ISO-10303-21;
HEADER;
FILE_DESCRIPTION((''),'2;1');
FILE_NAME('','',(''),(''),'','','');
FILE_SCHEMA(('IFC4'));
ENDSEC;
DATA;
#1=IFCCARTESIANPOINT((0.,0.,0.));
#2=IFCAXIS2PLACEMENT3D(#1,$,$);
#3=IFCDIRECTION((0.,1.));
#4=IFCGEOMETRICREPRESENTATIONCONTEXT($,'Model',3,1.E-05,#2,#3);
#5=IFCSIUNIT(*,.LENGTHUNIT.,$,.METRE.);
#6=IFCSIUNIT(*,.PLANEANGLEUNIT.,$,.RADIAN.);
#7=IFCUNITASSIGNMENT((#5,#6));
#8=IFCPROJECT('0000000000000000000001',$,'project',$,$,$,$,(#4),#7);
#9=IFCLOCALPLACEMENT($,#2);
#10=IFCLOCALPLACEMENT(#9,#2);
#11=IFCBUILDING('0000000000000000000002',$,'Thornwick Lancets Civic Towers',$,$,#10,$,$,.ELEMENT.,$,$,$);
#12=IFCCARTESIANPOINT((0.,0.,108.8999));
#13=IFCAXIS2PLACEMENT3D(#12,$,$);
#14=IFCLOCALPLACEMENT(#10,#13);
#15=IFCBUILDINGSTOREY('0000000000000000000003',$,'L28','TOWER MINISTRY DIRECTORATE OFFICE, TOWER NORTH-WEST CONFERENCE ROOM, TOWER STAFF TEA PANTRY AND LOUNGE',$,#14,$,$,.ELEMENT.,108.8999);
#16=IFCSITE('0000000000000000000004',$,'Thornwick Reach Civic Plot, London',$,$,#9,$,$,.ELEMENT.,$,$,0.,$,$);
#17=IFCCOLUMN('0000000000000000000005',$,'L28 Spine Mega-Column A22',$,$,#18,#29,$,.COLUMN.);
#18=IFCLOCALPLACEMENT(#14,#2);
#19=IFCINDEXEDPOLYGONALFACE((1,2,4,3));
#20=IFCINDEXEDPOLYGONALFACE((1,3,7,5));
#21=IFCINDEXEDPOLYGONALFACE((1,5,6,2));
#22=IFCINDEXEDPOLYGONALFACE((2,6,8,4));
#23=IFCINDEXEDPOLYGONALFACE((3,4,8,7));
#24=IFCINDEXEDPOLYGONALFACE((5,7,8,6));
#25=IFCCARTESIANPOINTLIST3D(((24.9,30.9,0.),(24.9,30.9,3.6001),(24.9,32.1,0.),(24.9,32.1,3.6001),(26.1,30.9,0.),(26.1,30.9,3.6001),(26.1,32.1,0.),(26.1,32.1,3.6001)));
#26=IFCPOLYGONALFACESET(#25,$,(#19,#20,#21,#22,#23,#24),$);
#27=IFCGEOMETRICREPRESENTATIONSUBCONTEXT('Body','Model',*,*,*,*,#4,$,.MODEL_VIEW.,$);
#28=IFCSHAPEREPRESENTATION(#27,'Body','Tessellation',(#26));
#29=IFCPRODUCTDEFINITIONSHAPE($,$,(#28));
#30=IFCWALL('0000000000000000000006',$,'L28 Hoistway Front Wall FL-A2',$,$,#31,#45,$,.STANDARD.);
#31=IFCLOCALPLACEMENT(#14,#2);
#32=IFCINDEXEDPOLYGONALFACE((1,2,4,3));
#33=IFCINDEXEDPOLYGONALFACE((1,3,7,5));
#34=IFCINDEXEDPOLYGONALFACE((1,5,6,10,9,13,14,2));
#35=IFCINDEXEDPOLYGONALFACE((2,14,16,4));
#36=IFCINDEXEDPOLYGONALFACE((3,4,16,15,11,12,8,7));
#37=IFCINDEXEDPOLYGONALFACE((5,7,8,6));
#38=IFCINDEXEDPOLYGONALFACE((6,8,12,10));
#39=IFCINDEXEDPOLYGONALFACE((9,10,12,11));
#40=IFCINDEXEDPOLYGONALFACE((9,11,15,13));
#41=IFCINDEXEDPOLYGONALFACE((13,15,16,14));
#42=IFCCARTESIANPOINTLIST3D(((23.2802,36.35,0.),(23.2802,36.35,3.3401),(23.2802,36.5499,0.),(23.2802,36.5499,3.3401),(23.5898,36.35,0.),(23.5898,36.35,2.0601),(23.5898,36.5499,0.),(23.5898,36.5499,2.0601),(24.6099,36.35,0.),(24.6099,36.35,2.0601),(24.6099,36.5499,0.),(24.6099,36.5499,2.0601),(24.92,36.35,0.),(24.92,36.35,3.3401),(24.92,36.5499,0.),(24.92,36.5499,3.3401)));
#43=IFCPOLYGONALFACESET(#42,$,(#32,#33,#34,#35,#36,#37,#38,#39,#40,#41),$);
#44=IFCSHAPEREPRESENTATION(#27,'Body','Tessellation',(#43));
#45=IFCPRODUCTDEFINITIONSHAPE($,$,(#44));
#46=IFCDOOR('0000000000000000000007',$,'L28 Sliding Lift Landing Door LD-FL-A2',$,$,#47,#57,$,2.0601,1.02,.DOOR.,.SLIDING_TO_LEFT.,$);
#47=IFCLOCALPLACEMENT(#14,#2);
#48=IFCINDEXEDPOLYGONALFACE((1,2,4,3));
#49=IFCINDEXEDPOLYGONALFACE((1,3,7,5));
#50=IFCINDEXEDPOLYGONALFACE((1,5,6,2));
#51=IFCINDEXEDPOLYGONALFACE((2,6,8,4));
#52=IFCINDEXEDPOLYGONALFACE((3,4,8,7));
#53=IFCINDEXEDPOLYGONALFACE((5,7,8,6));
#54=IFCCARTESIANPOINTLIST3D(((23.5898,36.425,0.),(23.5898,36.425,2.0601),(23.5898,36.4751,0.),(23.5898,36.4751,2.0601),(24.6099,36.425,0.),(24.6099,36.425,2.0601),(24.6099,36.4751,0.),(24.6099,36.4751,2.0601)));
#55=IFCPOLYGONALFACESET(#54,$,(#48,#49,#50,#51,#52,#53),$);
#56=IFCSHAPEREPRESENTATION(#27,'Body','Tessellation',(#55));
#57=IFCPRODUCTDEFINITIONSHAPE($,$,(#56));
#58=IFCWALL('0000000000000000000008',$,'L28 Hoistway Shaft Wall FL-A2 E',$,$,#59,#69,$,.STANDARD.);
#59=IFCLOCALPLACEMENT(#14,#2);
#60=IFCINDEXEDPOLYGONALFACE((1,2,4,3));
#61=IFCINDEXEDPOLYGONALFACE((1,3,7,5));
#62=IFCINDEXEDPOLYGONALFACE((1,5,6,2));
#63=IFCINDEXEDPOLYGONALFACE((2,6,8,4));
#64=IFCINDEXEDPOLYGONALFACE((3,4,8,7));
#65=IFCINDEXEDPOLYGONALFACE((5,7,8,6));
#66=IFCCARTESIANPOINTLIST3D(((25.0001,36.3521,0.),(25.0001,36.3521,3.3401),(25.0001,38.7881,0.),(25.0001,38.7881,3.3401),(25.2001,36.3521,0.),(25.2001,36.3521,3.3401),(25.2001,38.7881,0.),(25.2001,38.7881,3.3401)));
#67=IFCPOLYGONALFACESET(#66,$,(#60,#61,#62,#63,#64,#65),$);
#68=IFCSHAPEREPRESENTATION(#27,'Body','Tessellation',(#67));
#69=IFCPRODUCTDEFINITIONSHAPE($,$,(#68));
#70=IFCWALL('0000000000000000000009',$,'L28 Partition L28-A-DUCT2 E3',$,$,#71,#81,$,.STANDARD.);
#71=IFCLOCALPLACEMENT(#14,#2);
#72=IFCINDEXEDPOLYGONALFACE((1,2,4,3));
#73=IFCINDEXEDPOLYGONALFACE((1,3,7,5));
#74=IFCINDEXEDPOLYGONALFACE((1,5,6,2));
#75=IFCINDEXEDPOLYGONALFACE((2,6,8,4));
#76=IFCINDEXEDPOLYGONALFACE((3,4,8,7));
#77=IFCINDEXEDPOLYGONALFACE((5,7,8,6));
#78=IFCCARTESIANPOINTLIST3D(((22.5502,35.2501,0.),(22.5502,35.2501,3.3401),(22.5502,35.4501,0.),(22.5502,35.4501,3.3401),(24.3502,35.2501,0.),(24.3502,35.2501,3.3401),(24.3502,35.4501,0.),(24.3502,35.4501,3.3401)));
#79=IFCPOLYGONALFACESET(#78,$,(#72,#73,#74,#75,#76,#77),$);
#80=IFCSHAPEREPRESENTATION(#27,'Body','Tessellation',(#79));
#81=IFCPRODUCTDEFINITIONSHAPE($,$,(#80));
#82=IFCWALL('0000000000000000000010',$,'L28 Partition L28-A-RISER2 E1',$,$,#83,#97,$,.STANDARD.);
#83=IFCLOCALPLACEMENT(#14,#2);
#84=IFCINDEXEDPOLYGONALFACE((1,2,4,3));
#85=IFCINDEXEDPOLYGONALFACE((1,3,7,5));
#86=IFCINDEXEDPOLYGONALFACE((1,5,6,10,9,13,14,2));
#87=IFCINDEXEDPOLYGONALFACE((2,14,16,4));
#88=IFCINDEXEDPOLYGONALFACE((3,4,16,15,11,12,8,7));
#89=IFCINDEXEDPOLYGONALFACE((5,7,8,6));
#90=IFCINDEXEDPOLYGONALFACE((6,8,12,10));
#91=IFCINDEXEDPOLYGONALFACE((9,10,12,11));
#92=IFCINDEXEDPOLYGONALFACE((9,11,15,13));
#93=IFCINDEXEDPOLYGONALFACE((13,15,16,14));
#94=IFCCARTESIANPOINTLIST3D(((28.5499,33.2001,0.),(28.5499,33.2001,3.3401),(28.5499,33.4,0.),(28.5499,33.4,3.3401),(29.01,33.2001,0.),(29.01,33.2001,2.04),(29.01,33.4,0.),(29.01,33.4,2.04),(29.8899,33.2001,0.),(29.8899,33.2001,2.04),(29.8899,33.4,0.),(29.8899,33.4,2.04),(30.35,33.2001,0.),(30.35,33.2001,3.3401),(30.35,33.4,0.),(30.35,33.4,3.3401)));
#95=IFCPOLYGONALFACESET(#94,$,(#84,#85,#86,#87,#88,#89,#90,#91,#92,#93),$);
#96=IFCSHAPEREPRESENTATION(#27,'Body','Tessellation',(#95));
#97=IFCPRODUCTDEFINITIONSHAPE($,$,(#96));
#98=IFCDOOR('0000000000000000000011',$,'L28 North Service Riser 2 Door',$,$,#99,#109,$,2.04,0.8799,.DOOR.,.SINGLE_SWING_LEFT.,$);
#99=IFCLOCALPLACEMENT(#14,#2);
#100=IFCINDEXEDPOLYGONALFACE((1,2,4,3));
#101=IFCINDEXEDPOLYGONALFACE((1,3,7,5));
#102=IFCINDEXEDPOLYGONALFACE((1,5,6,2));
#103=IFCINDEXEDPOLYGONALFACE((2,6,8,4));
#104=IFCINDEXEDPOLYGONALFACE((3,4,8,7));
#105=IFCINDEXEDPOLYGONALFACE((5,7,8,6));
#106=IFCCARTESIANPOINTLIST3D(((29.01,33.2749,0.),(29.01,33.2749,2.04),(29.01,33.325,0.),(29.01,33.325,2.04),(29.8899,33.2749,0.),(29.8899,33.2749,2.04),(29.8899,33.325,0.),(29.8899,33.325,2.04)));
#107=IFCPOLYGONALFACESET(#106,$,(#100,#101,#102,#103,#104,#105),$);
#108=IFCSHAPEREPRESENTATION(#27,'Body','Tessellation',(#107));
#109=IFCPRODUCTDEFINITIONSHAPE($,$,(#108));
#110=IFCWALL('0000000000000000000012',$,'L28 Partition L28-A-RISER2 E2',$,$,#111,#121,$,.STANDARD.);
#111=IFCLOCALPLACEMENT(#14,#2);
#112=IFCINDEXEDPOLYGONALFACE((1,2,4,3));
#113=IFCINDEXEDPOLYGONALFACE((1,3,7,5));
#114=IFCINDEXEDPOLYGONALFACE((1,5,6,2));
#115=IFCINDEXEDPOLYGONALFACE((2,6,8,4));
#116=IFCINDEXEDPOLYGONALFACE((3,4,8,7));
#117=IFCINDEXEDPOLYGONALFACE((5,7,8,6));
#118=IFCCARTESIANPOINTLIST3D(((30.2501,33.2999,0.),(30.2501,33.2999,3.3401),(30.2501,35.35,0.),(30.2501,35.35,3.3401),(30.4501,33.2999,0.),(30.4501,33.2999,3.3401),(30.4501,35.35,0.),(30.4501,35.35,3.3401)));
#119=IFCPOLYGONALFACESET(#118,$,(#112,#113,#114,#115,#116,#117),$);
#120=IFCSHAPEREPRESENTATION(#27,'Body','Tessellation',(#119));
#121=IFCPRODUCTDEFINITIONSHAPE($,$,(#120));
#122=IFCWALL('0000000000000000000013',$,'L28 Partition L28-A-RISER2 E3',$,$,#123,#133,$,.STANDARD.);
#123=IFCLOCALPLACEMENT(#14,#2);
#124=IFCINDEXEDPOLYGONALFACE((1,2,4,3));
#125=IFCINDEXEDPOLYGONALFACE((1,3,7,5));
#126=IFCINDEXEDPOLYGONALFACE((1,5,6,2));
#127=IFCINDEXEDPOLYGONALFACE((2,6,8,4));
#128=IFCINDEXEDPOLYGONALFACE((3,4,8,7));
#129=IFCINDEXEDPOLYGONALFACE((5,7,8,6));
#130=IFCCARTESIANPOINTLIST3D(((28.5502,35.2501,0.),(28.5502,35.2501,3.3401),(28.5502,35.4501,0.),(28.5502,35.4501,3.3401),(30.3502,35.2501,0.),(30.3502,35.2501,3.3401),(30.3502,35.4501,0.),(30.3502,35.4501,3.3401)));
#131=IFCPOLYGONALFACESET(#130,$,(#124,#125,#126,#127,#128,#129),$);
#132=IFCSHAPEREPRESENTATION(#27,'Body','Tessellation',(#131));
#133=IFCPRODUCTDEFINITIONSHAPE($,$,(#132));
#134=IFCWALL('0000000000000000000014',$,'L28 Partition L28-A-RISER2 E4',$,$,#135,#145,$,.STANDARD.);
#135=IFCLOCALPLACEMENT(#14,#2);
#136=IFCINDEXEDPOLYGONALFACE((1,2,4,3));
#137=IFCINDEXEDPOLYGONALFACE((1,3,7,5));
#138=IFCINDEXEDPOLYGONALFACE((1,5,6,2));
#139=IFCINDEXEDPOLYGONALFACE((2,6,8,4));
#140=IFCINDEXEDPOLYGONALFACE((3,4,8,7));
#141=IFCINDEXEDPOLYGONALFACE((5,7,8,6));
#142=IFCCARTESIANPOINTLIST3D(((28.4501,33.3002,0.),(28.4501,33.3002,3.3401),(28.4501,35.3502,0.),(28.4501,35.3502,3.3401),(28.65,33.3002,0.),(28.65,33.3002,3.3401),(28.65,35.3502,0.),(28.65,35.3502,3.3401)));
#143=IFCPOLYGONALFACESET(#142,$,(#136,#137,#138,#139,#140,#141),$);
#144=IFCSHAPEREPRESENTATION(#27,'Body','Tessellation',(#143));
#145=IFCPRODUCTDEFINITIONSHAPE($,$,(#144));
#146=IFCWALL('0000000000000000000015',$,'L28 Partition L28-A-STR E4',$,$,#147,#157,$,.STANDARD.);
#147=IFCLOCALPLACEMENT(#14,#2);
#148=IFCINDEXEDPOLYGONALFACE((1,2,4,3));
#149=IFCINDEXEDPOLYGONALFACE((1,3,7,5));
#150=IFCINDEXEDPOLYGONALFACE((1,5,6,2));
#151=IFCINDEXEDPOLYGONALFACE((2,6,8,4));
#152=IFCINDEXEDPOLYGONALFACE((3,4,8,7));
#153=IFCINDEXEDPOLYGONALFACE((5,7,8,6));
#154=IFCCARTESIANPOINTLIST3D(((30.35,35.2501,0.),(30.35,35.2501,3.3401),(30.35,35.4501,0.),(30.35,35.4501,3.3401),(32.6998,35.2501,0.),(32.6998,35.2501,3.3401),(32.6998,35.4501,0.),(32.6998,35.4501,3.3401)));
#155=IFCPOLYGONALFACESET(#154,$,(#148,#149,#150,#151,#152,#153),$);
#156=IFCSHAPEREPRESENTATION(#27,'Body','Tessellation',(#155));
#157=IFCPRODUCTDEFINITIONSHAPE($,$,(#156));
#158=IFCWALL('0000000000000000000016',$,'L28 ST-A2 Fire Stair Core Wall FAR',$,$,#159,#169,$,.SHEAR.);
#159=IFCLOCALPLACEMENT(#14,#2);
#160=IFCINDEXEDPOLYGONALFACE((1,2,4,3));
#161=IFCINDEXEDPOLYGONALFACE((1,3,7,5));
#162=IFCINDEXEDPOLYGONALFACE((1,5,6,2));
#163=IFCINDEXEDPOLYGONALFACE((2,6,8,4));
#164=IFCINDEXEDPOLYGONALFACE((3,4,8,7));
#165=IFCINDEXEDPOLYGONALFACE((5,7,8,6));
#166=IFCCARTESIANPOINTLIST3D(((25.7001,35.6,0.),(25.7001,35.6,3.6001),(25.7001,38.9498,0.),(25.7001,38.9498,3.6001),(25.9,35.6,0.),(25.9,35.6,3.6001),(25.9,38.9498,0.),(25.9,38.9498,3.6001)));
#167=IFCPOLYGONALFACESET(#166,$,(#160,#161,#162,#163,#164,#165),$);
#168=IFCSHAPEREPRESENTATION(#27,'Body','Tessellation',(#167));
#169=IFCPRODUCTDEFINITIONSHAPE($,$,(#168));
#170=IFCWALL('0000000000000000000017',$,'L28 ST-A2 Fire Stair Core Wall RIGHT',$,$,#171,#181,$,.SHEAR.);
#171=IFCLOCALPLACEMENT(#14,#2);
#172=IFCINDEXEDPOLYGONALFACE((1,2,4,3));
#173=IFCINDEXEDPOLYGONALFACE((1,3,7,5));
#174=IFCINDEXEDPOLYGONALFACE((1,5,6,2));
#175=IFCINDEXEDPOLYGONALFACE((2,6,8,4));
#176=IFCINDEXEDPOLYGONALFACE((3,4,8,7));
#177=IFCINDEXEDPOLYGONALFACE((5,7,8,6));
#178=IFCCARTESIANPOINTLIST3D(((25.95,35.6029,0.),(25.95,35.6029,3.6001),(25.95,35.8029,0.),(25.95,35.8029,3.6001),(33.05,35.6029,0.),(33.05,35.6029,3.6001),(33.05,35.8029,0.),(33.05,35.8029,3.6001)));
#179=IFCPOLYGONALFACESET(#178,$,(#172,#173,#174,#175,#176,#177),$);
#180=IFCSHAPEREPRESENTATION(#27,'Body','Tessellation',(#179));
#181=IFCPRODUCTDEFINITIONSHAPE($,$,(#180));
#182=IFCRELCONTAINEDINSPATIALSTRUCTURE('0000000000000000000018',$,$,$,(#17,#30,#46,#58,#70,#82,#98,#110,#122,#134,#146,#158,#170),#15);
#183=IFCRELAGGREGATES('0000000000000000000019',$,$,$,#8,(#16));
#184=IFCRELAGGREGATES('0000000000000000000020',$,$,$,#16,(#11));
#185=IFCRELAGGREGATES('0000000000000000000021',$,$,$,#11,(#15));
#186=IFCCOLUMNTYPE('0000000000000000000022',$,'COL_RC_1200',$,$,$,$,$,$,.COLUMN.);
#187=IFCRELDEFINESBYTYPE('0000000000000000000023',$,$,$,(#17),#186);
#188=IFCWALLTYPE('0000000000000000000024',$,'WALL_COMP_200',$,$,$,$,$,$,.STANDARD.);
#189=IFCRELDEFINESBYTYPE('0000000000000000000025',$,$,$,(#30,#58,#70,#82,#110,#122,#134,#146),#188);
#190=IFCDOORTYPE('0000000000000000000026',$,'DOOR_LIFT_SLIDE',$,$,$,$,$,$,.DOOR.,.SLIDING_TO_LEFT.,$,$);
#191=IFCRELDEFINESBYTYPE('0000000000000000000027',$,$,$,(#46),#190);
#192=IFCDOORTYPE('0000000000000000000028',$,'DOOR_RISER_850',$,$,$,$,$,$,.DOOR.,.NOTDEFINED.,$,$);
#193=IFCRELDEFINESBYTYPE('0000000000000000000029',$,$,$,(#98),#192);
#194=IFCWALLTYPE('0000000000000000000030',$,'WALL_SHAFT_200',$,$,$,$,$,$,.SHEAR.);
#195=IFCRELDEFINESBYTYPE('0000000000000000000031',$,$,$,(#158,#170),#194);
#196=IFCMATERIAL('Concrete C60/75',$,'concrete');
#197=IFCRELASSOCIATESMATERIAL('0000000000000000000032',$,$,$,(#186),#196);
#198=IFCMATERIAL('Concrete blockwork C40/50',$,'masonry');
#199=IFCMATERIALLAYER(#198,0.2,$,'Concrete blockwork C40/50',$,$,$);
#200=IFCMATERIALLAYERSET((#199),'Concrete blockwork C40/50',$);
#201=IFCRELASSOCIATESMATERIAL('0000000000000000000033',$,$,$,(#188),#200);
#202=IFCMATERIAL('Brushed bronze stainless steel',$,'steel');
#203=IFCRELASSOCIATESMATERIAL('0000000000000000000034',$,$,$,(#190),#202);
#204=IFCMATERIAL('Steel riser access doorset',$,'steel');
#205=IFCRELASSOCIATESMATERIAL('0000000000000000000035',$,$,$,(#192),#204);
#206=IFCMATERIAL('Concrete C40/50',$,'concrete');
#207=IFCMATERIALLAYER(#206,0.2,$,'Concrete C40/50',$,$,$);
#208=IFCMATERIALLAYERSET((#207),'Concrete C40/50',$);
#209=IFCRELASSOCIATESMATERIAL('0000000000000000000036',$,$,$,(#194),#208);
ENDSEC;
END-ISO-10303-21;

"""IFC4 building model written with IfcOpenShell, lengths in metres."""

from ifc_helpers import new_model, si_unit, direction, frame, frame_2d, origin, origin_2d, place, context, subcontext, project, spatial, rectangle, extrude, material, layer, layer_set, material_profile, profile_set, type_object, element, fill, save


model = new_model("IFC4")

# Units and contexts
model_context = context("Model", 3, precision=1e-05, world=origin(), true_north=direction((0.0, 1.0)))
body_context = subcontext(model_context, "Body", "Model", "MODEL_VIEW")
ifc_project = project(units=[si_unit("LENGTHUNIT", "METRE"), si_unit("PLANEANGLEUNIT", "RADIAN")], contexts=[model_context])

# Site, building, storey
site_placement = place(None, origin())
site = spatial("IfcSite", under=ifc_project, at=site_placement, Name="Thornwick Reach Civic Plot, London", CompositionType="ELEMENT", RefElevation=0.0)
building_placement = place(site_placement, origin())
building = spatial("IfcBuilding", under=site, at=building_placement, Name="Thornwick Lancets Civic Towers", CompositionType="ELEMENT")
storey_placement = place(building_placement, frame((0.0, 0.0, 108.8999)))
storey = spatial("IfcBuildingStorey", under=building, at=storey_placement, Name="L28", Description="TOWER MINISTRY DIRECTORATE OFFICE, TOWER NORTH-WEST CONFERENCE ROOM, TOWER STAFF TEA PANTRY AND LOUNGE", CompositionType="ELEMENT", Elevation=108.8999)

# Column
ifc_material_1 = material(Name="Concrete C60/75", Category="concrete")
ifc_material_profile = material_profile(ifc_material_1, rectangle(XDim=1.2, YDim=1.2, at=origin_2d()), Name="RC 1200x1200")
ifc_profile_set = profile_set([ifc_material_profile], Name="Concrete C60/75")
column_type = type_object("IfcColumnType", Name="COL_RC_1200", PredefinedType="COLUMN", material=ifc_profile_set)
column_placement = place(storey_placement, frame((25.5, 31.5, 0.0), z_axis=(0.0, 0.0, 1.0), x_axis=(1.0, 0.0, 0.0)))
element("IfcColumn", 1, at=column_placement, inside=storey, type_object=column_type, Name="L28 Spine Mega-Column A22", PredefinedType="COLUMN", context=body_context, shape_type="SweptSolid", body=[
    extrude(rectangle(XDim=1.2, YDim=1.2, at=origin_2d()), origin(), (0.0, 0.0, 1.0), 3.6001),
])

# Wall, opening, door
ifc_material_2 = material(Name="Concrete blockwork C40/50", Category="masonry")
ifc_layer_1 = layer(ifc_material_2, 0.2, Name="Concrete blockwork C40/50")
ifc_layer_set_1 = layer_set([ifc_layer_1], Name="Concrete blockwork C40/50")
wall_type_1 = type_object("IfcWallType", Name="WALL_COMP_200", PredefinedType="STANDARD", material=ifc_layer_set_1)
wall_1_placement = place(storey_placement, frame((24.9199, 36.45, 0.0), z_axis=(0.0, 0.0, 1.0), x_axis=(-1.0, 0.0, 0.0)))
wall_1 = element("IfcWall", 2, at=wall_1_placement, inside=storey, type_object=wall_type_1, Name="L28 Hoistway Front Wall FL-A2", PredefinedType="STANDARD", context=body_context, shape_type="SweptSolid", body=[
    extrude(rectangle(XDim=1.6399, YDim=0.2, at=frame_2d((0.8198, 0.0))), origin(), (0.0, 0.0, 1.0), 3.3401),
])
opening_1_placement = place(wall_1_placement, frame((0.3101, 0.0, 0.0)))
opening_1 = element("IfcOpeningElement", 3, at=opening_1_placement, cuts=wall_1, PredefinedType="OPENING", context=body_context, shape_type="SweptSolid", body=[
    extrude(rectangle(XDim=1.02, YDim=2.0601, at=frame_2d((0.51, 1.03))), frame((0.0, 0.1099, 0.0), z_axis=(0.0, -1.0, 0.0), x_axis=(1.0, 0.0, 0.0)), (0.0, 0.0, 1.0), 0.22),
])
ifc_material_3 = material(Name="Brushed bronze stainless steel", Category="steel")
door_type_1 = type_object("IfcDoorType", Name="DOOR_LIFT_SLIDE", OperationType="SLIDING_TO_LEFT", PredefinedType="DOOR", material=ifc_material_3)
door_1_placement = place(opening_1_placement, origin())
door_1 = element("IfcDoor", 4, at=door_1_placement, inside=storey, type_object=door_type_1, Name="L28 Sliding Lift Landing Door LD-FL-A2", OperationType="SLIDING_TO_LEFT", OverallHeight=2.0601, OverallWidth=1.02, PredefinedType="DOOR", context=body_context, shape_type="SweptSolid", body=[
    extrude(rectangle(XDim=1.02, YDim=2.0601, at=frame_2d((0.51, 1.03))), frame((0.0, 0.0249, 0.0), z_axis=(0.0, -1.0, 0.0), x_axis=(1.0, 0.0, 0.0)), (0.0, 0.0, 1.0), 0.05),
])
fill(opening_1, door_1)

# Walls
wall_2_placement = place(storey_placement, frame((25.1001, 36.3521, 0.0), z_axis=(0.0, 0.0, 1.0), x_axis=(0.0, 1.0, 0.0)))
element("IfcWall", 5, at=wall_2_placement, inside=storey, type_object=wall_type_1, Name="L28 Hoistway Shaft Wall FL-A2 E", PredefinedType="STANDARD", context=body_context, shape_type="SweptSolid", body=[
    extrude(rectangle(XDim=2.436, YDim=0.2, at=frame_2d((1.218, 0.0))), origin(), (0.0, 0.0, 1.0), 3.3401),
])
wall_3_placement = place(storey_placement, frame((24.3501, 35.3501, 0.0), z_axis=(0.0, 0.0, 1.0), x_axis=(-1.0, 0.0, 0.0)))
element("IfcWall", 6, at=wall_3_placement, inside=storey, type_object=wall_type_1, Name="L28 Partition L28-A-DUCT2 E3", PredefinedType="STANDARD", context=body_context, shape_type="SweptSolid", body=[
    extrude(rectangle(XDim=1.8, YDim=0.2, at=frame_2d((0.8999, 0.0))), origin(), (0.0, 0.0, 1.0), 3.3401),
])

# Wall, opening, door
wall_4_placement = place(storey_placement, frame((28.55, 33.3, 0.0), z_axis=(0.0, 0.0, 1.0), x_axis=(1.0, 0.0, 0.0)))
wall_4 = element("IfcWall", 7, at=wall_4_placement, inside=storey, type_object=wall_type_1, Name="L28 Partition L28-A-RISER2 E1", PredefinedType="STANDARD", context=body_context, shape_type="SweptSolid", body=[
    extrude(rectangle(XDim=1.8, YDim=0.2, at=frame_2d((0.8999, 0.0))), origin(), (0.0, 0.0, 1.0), 3.3401),
])
opening_2_placement = place(wall_4_placement, frame((0.46, 0.0, 0.0)))
opening_2 = element("IfcOpeningElement", 8, at=opening_2_placement, cuts=wall_4, PredefinedType="OPENING", context=body_context, shape_type="SweptSolid", body=[
    extrude(rectangle(XDim=0.8799, YDim=2.04, at=frame_2d((0.4399, 1.02))), frame((0.0, 0.1099, 0.0), z_axis=(0.0, -1.0, 0.0), x_axis=(1.0, 0.0, 0.0)), (0.0, 0.0, 1.0), 0.22),
])
ifc_material_4 = material(Name="Steel riser access doorset", Category="steel")
door_type_2 = type_object("IfcDoorType", Name="DOOR_RISER_850", OperationType="NOTDEFINED", PredefinedType="DOOR", material=ifc_material_4)
door_2_placement = place(opening_2_placement, origin())
door_2 = element("IfcDoor", 9, at=door_2_placement, inside=storey, type_object=door_type_2, Name="L28 North Service Riser 2 Door", OperationType="SINGLE_SWING_LEFT", OverallHeight=2.04, OverallWidth=0.8799, PredefinedType="DOOR", context=body_context, shape_type="SweptSolid", body=[
    extrude(rectangle(XDim=0.8799, YDim=2.04, at=frame_2d((0.4399, 1.02))), frame((0.0, 0.0249, 0.0), z_axis=(0.0, -1.0, 0.0), x_axis=(1.0, 0.0, 0.0)), (0.0, 0.0, 1.0), 0.05),
])
fill(opening_2, door_2)

# Walls
wall_5_placement = place(storey_placement, frame((30.3501, 33.3, 0.0), z_axis=(0.0, 0.0, 1.0), x_axis=(0.0, 1.0, 0.0)))
element("IfcWall", 10, at=wall_5_placement, inside=storey, type_object=wall_type_1, Name="L28 Partition L28-A-RISER2 E2", PredefinedType="STANDARD", context=body_context, shape_type="SweptSolid", body=[
    extrude(rectangle(XDim=2.05, YDim=0.2, at=frame_2d((1.0249, 0.0))), origin(), (0.0, 0.0, 1.0), 3.3401),
])
wall_6_placement = place(storey_placement, frame((30.3501, 35.3501, 0.0), z_axis=(0.0, 0.0, 1.0), x_axis=(-1.0, 0.0, 0.0)))
element("IfcWall", 11, at=wall_6_placement, inside=storey, type_object=wall_type_1, Name="L28 Partition L28-A-RISER2 E3", PredefinedType="STANDARD", context=body_context, shape_type="SweptSolid", body=[
    extrude(rectangle(XDim=1.8, YDim=0.2, at=frame_2d((0.8999, 0.0))), origin(), (0.0, 0.0, 1.0), 3.3401),
])
wall_7_placement = place(storey_placement, frame((28.55, 35.3501, 0.0), z_axis=(0.0, 0.0, 1.0), x_axis=(0.0, -1.0, 0.0)))
element("IfcWall", 12, at=wall_7_placement, inside=storey, type_object=wall_type_1, Name="L28 Partition L28-A-RISER2 E4", PredefinedType="STANDARD", context=body_context, shape_type="SweptSolid", body=[
    extrude(rectangle(XDim=2.05, YDim=0.2, at=frame_2d((1.0249, 0.0))), origin(), (0.0, 0.0, 1.0), 3.3401),
])
wall_8_placement = place(storey_placement, frame((30.3501, 35.3501, 0.0), z_axis=(0.0, 0.0, 1.0), x_axis=(1.0, 0.0, 0.0)))
element("IfcWall", 13, at=wall_8_placement, inside=storey, type_object=wall_type_1, Name="L28 Partition L28-A-STR E4", PredefinedType="STANDARD", context=body_context, shape_type="SweptSolid", body=[
    extrude(rectangle(XDim=2.3499, YDim=0.2, at=frame_2d((1.1748, 0.0))), origin(), (0.0, 0.0, 1.0), 3.3401),
])
ifc_material_5 = material(Name="Concrete C40/50", Category="concrete")
ifc_layer_2 = layer(ifc_material_5, 0.2, Name="Concrete C40/50")
ifc_layer_set_2 = layer_set([ifc_layer_2], Name="Concrete C40/50")
wall_type_2 = type_object("IfcWallType", Name="WALL_SHAFT_200", PredefinedType="SHEAR", material=ifc_layer_set_2)
wall_9_placement = place(storey_placement, frame((25.8, 35.6001, 0.0), z_axis=(0.0, 0.0, 1.0), x_axis=(0.0, 1.0, 0.0)))
element("IfcWall", 14, at=wall_9_placement, inside=storey, type_object=wall_type_2, Name="L28 ST-A2 Fire Stair Core Wall FAR", PredefinedType="SHEAR", context=body_context, shape_type="SweptSolid", body=[
    extrude(rectangle(XDim=3.3499, YDim=0.2, at=frame_2d((1.6748, 0.0))), origin(), (0.0, 0.0, 1.0), 3.6001),
])
wall_10_placement = place(storey_placement, frame((25.95, 35.7029, 0.0), z_axis=(0.0, 0.0, 1.0), x_axis=(1.0, 0.0, 0.0)))
element("IfcWall", 15, at=wall_10_placement, inside=storey, type_object=wall_type_2, Name="L28 ST-A2 Fire Stair Core Wall RIGHT", PredefinedType="SHEAR", context=body_context, shape_type="SweptSolid", body=[
    extrude(rectangle(XDim=7.1001, YDim=0.2, at=frame_2d((3.55, 0.0))), origin(), (0.0, 0.0, 1.0), 3.6001),
])

save(model, "model.ifc")
